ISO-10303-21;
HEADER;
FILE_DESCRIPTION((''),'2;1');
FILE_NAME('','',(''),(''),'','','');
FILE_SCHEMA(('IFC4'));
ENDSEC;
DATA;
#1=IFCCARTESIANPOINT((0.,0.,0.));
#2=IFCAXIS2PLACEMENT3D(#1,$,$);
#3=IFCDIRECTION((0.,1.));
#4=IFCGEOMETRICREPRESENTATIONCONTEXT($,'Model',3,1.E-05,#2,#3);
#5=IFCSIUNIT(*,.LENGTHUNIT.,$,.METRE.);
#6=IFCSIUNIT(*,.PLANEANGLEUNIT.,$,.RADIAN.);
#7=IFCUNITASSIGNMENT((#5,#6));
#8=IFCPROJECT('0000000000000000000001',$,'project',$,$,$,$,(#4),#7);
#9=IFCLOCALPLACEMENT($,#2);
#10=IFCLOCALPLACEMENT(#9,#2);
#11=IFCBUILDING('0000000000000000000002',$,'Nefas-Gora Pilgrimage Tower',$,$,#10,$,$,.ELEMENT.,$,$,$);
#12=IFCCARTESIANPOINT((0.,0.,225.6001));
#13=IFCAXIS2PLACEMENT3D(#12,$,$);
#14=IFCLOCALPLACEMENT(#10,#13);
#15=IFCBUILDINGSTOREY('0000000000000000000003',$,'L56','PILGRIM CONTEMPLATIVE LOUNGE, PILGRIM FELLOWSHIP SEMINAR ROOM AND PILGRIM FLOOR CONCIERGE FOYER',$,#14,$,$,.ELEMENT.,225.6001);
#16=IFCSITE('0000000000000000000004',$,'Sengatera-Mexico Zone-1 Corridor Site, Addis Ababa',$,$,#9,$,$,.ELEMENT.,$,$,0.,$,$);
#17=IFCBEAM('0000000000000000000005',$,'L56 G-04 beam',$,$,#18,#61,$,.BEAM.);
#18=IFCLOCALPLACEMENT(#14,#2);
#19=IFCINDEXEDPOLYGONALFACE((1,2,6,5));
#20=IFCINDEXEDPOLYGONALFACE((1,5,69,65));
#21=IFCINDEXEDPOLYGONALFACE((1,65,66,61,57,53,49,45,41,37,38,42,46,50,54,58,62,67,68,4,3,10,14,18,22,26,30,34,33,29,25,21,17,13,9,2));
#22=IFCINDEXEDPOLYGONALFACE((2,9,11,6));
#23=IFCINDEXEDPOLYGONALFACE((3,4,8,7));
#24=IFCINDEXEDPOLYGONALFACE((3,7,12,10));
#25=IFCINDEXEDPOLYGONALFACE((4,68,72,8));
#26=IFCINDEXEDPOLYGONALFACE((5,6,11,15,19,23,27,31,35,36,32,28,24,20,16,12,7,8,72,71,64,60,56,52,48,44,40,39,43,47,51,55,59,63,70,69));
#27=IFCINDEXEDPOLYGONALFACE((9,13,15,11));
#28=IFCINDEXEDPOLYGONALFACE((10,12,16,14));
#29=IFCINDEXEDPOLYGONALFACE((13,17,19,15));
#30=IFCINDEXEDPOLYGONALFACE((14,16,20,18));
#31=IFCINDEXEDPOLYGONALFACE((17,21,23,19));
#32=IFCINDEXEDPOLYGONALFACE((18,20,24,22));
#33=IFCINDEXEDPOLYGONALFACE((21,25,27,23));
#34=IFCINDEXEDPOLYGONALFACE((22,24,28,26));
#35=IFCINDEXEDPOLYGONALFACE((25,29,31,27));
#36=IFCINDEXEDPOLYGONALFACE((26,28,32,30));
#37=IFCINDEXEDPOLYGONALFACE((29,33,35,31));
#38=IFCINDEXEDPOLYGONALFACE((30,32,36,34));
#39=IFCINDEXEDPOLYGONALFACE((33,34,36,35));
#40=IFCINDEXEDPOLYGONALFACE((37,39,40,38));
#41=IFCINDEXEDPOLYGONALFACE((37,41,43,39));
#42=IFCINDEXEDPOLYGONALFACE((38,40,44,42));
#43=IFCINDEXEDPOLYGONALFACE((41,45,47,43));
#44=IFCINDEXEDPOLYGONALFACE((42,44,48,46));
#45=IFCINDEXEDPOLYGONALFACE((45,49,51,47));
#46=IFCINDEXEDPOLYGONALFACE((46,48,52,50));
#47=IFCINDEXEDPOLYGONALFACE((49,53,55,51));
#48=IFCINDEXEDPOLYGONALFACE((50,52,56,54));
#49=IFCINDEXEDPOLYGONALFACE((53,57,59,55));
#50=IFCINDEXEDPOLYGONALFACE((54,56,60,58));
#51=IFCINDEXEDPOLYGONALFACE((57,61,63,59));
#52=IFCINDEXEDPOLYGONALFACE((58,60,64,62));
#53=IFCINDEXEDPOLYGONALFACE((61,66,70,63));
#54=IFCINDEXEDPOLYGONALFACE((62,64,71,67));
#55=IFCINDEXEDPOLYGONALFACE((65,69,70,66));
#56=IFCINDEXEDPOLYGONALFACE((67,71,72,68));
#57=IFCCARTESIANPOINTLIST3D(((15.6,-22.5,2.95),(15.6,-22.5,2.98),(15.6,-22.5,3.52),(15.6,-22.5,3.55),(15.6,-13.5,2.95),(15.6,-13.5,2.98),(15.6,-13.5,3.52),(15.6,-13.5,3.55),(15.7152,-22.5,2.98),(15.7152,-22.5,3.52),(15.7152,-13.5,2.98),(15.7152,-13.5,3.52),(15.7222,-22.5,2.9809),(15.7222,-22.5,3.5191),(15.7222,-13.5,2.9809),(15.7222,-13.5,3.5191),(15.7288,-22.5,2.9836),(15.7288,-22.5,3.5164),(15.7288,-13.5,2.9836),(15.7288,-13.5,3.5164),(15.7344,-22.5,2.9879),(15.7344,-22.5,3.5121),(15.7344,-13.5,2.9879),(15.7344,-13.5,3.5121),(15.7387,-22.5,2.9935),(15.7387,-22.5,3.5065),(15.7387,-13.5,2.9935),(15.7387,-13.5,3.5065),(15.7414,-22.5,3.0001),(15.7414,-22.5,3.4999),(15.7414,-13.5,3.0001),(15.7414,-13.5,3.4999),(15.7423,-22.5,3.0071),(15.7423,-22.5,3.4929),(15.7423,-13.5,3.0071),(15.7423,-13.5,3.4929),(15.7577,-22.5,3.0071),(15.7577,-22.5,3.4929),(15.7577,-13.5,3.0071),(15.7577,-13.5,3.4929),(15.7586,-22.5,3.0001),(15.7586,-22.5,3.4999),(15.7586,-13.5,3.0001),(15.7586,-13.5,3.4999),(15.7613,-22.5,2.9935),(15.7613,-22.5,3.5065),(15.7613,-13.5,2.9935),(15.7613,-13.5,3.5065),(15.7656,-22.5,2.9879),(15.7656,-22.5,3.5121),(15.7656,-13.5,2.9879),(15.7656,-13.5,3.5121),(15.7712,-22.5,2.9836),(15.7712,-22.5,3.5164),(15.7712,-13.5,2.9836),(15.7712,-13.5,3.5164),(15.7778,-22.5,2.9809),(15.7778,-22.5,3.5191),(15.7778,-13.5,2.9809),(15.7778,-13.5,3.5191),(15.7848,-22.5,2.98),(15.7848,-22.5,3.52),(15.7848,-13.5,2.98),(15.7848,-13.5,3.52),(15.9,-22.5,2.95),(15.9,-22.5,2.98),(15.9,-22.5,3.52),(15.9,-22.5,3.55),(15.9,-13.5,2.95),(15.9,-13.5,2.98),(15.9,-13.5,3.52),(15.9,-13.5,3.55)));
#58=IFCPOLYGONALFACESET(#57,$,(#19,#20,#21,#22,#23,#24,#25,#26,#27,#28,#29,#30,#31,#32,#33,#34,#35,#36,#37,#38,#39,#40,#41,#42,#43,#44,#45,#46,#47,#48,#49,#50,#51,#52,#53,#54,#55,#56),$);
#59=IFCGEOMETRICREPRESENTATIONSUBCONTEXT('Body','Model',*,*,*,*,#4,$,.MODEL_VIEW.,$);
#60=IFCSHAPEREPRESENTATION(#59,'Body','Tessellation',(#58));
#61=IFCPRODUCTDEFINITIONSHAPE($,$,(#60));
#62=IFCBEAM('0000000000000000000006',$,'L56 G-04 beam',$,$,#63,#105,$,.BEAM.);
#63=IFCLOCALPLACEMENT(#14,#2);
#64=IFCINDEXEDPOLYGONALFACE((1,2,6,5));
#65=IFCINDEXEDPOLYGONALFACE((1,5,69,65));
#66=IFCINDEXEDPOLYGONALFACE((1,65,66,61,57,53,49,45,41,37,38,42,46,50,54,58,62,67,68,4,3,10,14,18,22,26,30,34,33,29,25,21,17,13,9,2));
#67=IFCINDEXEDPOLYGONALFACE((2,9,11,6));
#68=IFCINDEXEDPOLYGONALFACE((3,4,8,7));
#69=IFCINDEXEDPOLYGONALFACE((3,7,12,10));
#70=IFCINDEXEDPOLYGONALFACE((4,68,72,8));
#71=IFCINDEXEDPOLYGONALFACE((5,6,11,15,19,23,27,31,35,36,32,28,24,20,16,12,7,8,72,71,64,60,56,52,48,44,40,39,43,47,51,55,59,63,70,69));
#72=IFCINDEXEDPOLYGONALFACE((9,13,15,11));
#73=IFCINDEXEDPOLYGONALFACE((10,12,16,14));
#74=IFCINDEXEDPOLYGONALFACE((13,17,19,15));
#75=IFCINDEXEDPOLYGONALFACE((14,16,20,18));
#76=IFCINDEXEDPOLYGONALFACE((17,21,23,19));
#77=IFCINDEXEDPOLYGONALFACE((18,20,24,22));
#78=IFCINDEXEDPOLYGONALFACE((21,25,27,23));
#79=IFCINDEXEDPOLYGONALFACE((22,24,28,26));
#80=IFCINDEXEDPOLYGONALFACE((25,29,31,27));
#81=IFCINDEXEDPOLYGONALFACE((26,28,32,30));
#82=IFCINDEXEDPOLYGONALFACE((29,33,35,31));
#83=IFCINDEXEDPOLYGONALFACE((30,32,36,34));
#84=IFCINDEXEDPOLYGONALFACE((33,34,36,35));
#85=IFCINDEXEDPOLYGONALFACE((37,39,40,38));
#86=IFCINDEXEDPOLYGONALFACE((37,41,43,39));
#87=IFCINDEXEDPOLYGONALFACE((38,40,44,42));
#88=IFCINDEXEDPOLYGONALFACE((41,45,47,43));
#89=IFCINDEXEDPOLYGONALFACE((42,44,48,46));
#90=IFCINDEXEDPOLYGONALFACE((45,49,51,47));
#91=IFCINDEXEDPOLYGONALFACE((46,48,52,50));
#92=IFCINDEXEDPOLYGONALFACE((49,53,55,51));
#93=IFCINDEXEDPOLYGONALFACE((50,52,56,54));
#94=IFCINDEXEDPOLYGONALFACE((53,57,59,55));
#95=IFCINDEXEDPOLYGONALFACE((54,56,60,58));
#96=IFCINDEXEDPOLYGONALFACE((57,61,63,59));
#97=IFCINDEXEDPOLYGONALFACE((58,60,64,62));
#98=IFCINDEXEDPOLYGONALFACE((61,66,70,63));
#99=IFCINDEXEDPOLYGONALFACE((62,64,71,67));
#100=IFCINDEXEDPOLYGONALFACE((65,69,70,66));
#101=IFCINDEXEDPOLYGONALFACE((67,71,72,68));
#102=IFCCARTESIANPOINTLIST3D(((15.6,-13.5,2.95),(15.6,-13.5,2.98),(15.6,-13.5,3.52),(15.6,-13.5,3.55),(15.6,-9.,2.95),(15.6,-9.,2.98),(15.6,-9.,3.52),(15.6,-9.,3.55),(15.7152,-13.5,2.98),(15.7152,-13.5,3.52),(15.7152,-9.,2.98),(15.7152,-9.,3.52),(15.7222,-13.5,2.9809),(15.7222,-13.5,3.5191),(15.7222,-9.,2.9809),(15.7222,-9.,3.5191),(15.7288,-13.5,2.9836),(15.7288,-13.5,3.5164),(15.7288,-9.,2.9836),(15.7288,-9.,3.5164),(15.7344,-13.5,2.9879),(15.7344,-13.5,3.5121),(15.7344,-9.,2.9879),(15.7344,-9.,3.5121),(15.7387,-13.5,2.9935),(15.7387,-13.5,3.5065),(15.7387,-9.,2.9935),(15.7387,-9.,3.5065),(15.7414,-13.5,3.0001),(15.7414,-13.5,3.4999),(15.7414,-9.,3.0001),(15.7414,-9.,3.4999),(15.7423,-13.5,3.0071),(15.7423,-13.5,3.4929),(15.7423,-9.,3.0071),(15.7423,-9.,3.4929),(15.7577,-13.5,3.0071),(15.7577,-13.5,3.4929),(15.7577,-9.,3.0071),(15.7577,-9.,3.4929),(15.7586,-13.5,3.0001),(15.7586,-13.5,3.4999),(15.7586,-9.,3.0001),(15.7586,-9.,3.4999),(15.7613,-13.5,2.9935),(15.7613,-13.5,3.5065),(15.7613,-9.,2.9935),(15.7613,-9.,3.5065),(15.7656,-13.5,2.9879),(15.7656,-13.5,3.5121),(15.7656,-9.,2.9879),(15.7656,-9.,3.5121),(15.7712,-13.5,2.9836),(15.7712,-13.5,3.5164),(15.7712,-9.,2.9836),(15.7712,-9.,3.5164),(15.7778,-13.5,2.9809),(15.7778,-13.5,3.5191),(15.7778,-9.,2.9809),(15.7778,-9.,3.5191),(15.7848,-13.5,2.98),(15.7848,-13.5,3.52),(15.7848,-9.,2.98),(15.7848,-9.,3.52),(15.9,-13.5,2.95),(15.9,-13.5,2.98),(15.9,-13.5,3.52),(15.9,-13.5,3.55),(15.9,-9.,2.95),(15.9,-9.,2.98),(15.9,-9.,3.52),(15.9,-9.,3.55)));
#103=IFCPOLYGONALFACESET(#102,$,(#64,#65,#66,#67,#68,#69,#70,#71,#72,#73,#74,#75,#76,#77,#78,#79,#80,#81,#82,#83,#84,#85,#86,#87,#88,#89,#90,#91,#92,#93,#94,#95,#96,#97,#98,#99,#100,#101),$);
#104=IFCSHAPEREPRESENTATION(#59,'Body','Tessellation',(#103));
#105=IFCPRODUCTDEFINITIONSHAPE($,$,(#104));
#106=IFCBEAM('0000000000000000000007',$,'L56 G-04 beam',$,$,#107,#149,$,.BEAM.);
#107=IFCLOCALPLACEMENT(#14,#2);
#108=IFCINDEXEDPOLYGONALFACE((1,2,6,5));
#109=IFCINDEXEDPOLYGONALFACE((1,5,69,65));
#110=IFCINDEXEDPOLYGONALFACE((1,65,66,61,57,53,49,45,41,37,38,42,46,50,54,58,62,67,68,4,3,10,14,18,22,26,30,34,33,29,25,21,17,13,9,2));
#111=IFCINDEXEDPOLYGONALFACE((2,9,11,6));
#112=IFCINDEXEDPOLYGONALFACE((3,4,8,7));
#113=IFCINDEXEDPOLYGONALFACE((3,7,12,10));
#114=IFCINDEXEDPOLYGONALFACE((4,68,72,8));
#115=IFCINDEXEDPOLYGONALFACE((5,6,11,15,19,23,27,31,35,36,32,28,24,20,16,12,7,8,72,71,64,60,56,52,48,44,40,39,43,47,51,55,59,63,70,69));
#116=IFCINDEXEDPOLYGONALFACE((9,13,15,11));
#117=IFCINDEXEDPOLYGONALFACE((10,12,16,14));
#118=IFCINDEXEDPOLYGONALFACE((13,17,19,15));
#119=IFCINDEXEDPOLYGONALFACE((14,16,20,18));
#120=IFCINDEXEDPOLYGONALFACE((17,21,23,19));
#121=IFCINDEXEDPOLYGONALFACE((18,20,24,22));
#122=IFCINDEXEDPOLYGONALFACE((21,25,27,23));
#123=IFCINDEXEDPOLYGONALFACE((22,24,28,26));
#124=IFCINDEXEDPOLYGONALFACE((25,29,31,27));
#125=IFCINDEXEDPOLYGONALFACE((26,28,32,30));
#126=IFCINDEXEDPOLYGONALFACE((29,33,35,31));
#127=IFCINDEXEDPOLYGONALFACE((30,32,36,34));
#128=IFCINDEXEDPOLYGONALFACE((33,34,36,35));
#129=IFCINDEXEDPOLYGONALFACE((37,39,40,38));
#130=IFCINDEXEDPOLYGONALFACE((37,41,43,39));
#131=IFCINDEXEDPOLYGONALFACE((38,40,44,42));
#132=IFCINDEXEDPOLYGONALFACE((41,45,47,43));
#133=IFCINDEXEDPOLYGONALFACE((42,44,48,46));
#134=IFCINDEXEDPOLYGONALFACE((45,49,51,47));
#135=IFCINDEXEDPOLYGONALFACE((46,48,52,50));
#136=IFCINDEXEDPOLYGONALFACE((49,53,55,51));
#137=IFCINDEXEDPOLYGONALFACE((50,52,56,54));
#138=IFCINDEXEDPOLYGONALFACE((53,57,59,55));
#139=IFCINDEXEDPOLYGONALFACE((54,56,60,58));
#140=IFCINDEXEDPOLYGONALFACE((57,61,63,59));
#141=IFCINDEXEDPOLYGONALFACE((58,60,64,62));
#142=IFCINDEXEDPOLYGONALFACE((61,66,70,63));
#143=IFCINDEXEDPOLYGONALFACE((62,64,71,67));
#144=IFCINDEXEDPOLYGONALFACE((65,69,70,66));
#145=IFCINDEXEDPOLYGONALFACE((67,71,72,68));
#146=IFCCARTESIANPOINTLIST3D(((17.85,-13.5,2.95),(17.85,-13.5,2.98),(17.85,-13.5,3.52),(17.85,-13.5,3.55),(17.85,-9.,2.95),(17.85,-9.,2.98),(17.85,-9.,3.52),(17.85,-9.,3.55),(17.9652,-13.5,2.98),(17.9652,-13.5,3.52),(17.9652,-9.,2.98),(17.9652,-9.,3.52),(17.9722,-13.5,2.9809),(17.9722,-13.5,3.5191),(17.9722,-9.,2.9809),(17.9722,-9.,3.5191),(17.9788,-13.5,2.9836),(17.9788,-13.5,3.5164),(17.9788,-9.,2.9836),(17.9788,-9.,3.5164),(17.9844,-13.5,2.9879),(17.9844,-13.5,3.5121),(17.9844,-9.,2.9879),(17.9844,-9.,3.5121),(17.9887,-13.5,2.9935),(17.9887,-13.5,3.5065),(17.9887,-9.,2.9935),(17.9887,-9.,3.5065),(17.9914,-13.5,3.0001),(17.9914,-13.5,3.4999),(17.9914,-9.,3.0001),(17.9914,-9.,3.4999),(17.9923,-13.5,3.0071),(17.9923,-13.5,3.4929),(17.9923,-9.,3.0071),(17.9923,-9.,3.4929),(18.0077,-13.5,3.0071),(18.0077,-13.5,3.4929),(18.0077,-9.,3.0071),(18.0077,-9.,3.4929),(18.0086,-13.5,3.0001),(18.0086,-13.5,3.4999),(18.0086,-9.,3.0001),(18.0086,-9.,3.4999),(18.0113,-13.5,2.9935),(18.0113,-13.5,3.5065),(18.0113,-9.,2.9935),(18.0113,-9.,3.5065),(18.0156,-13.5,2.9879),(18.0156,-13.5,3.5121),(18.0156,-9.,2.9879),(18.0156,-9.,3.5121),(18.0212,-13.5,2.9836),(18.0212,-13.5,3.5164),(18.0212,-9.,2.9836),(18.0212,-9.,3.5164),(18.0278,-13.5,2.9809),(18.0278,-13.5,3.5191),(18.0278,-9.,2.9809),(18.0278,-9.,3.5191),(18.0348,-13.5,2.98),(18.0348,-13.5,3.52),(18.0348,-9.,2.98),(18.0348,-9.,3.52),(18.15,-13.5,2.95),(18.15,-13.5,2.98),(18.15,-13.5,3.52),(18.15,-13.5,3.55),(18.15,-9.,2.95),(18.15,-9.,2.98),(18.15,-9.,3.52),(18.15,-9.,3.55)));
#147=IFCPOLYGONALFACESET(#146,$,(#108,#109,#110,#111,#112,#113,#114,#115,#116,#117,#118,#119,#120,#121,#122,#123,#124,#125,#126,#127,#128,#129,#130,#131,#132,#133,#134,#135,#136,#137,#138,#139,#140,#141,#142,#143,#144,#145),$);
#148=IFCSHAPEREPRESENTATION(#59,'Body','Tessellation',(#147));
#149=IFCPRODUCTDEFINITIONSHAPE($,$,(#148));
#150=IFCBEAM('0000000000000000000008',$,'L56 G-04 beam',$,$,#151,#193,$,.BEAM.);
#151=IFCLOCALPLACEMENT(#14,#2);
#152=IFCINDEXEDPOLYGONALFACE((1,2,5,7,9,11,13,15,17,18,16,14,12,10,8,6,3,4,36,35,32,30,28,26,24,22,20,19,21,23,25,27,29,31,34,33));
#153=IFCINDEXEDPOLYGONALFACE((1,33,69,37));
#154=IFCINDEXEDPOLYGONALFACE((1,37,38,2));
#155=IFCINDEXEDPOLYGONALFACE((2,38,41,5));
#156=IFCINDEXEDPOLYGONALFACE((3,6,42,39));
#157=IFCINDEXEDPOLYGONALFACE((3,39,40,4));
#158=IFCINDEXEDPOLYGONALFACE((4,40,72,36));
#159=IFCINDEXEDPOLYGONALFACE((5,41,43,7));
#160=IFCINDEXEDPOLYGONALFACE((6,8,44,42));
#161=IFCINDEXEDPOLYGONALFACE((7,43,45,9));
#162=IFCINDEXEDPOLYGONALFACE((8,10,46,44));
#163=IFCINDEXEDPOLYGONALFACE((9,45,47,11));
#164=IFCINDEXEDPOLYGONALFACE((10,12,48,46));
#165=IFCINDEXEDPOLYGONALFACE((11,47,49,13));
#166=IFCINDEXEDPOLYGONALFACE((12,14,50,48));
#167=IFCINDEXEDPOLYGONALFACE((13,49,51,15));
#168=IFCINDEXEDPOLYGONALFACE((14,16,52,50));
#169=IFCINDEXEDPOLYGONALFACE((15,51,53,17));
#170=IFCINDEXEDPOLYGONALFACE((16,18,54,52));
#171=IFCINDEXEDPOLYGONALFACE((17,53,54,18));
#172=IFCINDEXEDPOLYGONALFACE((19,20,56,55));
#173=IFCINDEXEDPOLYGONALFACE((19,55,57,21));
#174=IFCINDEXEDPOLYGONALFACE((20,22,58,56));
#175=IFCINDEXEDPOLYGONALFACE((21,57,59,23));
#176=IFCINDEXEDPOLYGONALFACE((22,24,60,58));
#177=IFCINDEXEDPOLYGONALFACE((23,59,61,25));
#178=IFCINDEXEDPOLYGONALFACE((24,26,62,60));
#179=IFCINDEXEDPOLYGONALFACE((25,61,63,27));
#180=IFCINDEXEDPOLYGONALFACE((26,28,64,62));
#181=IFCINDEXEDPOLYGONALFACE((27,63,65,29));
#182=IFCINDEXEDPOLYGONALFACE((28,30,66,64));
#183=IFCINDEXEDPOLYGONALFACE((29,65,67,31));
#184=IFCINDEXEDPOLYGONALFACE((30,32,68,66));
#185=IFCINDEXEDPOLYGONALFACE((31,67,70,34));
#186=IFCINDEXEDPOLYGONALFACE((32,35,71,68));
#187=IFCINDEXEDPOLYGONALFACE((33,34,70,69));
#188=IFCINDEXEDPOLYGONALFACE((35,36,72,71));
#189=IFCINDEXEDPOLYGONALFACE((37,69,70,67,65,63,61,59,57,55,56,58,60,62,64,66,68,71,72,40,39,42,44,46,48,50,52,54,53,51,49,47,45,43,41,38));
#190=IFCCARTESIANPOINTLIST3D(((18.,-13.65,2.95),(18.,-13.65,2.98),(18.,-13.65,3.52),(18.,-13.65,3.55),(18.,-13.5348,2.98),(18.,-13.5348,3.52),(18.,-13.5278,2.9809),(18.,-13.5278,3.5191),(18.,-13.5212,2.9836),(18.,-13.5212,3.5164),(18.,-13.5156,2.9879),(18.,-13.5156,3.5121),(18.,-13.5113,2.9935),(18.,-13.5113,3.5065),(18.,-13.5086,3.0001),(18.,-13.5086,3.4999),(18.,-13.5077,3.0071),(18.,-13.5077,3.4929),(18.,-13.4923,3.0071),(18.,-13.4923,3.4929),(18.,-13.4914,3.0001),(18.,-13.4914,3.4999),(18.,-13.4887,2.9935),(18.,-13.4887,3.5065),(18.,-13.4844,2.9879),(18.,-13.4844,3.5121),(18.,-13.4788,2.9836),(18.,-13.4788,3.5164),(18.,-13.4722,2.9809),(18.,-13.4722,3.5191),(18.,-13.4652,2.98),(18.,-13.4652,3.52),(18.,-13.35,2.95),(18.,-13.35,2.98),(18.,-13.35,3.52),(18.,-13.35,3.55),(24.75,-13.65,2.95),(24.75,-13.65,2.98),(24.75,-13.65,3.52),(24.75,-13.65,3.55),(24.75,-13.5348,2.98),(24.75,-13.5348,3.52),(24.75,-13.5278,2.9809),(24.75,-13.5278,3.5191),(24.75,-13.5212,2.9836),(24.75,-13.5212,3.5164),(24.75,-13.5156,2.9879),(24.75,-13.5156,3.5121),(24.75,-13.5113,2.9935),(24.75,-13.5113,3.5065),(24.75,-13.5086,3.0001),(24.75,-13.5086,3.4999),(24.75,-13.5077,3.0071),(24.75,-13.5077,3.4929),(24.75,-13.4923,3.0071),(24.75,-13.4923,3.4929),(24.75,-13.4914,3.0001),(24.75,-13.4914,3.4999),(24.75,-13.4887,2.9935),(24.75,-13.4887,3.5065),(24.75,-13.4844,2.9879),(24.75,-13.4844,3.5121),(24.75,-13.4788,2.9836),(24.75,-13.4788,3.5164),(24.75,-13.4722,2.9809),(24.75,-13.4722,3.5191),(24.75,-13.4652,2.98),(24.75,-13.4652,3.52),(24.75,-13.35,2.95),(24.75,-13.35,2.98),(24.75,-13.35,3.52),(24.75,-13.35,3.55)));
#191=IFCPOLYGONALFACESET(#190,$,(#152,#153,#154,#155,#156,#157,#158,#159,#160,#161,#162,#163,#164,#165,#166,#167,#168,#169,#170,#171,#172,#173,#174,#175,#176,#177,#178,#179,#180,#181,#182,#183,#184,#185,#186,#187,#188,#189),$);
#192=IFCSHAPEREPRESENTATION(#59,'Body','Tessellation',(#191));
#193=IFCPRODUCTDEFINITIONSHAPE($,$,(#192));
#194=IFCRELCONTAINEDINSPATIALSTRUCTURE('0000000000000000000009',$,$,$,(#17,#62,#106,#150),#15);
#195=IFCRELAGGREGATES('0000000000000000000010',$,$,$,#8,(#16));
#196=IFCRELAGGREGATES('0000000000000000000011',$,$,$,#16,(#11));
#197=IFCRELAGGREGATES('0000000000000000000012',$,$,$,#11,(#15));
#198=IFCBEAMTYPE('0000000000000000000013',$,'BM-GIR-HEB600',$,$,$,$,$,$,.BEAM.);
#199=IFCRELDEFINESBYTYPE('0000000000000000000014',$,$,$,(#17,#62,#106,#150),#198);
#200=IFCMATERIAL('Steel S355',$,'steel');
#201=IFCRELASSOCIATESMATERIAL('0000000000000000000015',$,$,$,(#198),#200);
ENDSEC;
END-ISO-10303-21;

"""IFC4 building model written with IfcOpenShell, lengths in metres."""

from ifc_helpers import new_model, si_unit, direction, frame, origin, origin_2d, place, context, subcontext, project, spatial, i_section, extrude, source, transform, mapped, material, material_profile, profile_set, type_object, element, save


model = new_model("IFC4")

# Units and contexts
model_context = context("Model", 3, precision=1e-05, world=origin(), true_north=direction((0.0, 1.0)))
body_context = subcontext(model_context, "Body", "Model", "MODEL_VIEW")
ifc_project = project(units=[si_unit("LENGTHUNIT", "METRE"), si_unit("PLANEANGLEUNIT", "RADIAN")], contexts=[model_context])

# Site, building, storey
site_placement = place(None, origin())
site = spatial("IfcSite", under=ifc_project, at=site_placement, Name="Sengatera-Mexico Zone-1 Corridor Site, Addis Ababa", CompositionType="ELEMENT", RefElevation=0.0)
building_placement = place(site_placement, origin())
building = spatial("IfcBuilding", under=site, at=building_placement, Name="Nefas-Gora Pilgrimage Tower", CompositionType="ELEMENT")
storey_placement = place(building_placement, frame((0.0, 0.0, 225.6001)))
storey = spatial("IfcBuildingStorey", under=building, at=storey_placement, Name="L56", Description="PILGRIM CONTEMPLATIVE LOUNGE, PILGRIM FELLOWSHIP SEMINAR ROOM AND PILGRIM FLOOR CONCIERGE FOYER", CompositionType="ELEMENT", Elevation=225.6001)

# Beams
ifc_material_1 = material(Name="Steel S355", Category="steel")
ifc_material_profile_1 = material_profile(ifc_material_1, i_section(OverallWidth=0.3, OverallDepth=0.6001, WebThickness=0.0154, FlangeThickness=0.03, FilletRadius=0.0271, at=origin_2d()), Name="HEB 600")
ifc_profile_set_1 = profile_set([ifc_material_profile_1], Name="Steel S355")
beam_type_1 = type_object("IfcBeamType", Name="BM-GIR-HEB600", PredefinedType="BEAM", material=ifc_profile_set_1)
shared_shape_1 = source(origin(), body_context, "Body", "SweptSolid", [
    extrude(i_section(OverallWidth=0.3, OverallDepth=0.6001, WebThickness=0.0154, FlangeThickness=0.03, FilletRadius=0.0271, at=origin_2d()), origin(), (0.0, 0.0, 1.0), 9.0),
])
beam_1_placement = place(storey_placement, frame((15.75, -22.5, 3.25), z_axis=(0.0, 1.0, 0.0), x_axis=(-1.0, 0.0, 0.0)))
element("IfcBeam", 1, at=beam_1_placement, inside=storey, type_object=beam_type_1, Name="L56 G-04 beam", PredefinedType="BEAM", context=body_context, shape_type="MappedRepresentation", body=[
    mapped(shared_shape_1, transform((0.0, 0.0, 0.0), x_axis=(1.0, 0.0, 0.0), y_axis=(0.0, 1.0, 0.0), z_axis=(0.0, 0.0, 1.0), scale=1.0)),
])
shared_shape_2 = source(origin(), body_context, "Body", "SweptSolid", [
    extrude(i_section(OverallWidth=0.3, OverallDepth=0.6001, WebThickness=0.0154, FlangeThickness=0.03, FilletRadius=0.0271, at=origin_2d()), origin(), (0.0, 0.0, 1.0), 4.5),
])
for number, where, z_axis, x_axis, name in (
    (2, (15.75, -13.5, 3.25), (0.0, 1.0, 0.0), (-1.0, 0.0, 0.0), "L56 G-04 beam"),
    (3, (18.0, -13.5, 3.25), (0.0, 1.0, 0.0), (-1.0, 0.0, 0.0), "L56 G-04 beam"),
):
    element("IfcBeam", number, at=place(storey_placement, frame(where, z_axis=z_axis, x_axis=x_axis)), inside=storey, type_object=beam_type_1, Name=name, PredefinedType="BEAM", context=body_context, shape_type="MappedRepresentation", body=[
        mapped(shared_shape_2, transform((0.0, 0.0, 0.0), x_axis=(1.0, 0.0, 0.0), y_axis=(0.0, 1.0, 0.0), z_axis=(0.0, 0.0, 1.0), scale=1.0)),
    ])
shared_shape_3 = source(origin(), body_context, "Body", "SweptSolid", [
    extrude(i_section(OverallWidth=0.3, OverallDepth=0.6001, WebThickness=0.0154, FlangeThickness=0.03, FilletRadius=0.0271, at=origin_2d()), origin(), (0.0, 0.0, 1.0), 6.75),
])
beam_2_placement = place(storey_placement, frame((18.0, -13.5, 3.25), z_axis=(1.0, 0.0, 0.0), x_axis=(0.0, 1.0, 0.0)))
element("IfcBeam", 4, at=beam_2_placement, inside=storey, type_object=beam_type_1, Name="L56 G-04 beam", PredefinedType="BEAM", context=body_context, shape_type="MappedRepresentation", body=[
    mapped(shared_shape_3, transform((0.0, 0.0, 0.0), x_axis=(1.0, 0.0, 0.0), y_axis=(0.0, 1.0, 0.0), z_axis=(0.0, 0.0, 1.0), scale=1.0)),
])

save(model, "model.ifc")
